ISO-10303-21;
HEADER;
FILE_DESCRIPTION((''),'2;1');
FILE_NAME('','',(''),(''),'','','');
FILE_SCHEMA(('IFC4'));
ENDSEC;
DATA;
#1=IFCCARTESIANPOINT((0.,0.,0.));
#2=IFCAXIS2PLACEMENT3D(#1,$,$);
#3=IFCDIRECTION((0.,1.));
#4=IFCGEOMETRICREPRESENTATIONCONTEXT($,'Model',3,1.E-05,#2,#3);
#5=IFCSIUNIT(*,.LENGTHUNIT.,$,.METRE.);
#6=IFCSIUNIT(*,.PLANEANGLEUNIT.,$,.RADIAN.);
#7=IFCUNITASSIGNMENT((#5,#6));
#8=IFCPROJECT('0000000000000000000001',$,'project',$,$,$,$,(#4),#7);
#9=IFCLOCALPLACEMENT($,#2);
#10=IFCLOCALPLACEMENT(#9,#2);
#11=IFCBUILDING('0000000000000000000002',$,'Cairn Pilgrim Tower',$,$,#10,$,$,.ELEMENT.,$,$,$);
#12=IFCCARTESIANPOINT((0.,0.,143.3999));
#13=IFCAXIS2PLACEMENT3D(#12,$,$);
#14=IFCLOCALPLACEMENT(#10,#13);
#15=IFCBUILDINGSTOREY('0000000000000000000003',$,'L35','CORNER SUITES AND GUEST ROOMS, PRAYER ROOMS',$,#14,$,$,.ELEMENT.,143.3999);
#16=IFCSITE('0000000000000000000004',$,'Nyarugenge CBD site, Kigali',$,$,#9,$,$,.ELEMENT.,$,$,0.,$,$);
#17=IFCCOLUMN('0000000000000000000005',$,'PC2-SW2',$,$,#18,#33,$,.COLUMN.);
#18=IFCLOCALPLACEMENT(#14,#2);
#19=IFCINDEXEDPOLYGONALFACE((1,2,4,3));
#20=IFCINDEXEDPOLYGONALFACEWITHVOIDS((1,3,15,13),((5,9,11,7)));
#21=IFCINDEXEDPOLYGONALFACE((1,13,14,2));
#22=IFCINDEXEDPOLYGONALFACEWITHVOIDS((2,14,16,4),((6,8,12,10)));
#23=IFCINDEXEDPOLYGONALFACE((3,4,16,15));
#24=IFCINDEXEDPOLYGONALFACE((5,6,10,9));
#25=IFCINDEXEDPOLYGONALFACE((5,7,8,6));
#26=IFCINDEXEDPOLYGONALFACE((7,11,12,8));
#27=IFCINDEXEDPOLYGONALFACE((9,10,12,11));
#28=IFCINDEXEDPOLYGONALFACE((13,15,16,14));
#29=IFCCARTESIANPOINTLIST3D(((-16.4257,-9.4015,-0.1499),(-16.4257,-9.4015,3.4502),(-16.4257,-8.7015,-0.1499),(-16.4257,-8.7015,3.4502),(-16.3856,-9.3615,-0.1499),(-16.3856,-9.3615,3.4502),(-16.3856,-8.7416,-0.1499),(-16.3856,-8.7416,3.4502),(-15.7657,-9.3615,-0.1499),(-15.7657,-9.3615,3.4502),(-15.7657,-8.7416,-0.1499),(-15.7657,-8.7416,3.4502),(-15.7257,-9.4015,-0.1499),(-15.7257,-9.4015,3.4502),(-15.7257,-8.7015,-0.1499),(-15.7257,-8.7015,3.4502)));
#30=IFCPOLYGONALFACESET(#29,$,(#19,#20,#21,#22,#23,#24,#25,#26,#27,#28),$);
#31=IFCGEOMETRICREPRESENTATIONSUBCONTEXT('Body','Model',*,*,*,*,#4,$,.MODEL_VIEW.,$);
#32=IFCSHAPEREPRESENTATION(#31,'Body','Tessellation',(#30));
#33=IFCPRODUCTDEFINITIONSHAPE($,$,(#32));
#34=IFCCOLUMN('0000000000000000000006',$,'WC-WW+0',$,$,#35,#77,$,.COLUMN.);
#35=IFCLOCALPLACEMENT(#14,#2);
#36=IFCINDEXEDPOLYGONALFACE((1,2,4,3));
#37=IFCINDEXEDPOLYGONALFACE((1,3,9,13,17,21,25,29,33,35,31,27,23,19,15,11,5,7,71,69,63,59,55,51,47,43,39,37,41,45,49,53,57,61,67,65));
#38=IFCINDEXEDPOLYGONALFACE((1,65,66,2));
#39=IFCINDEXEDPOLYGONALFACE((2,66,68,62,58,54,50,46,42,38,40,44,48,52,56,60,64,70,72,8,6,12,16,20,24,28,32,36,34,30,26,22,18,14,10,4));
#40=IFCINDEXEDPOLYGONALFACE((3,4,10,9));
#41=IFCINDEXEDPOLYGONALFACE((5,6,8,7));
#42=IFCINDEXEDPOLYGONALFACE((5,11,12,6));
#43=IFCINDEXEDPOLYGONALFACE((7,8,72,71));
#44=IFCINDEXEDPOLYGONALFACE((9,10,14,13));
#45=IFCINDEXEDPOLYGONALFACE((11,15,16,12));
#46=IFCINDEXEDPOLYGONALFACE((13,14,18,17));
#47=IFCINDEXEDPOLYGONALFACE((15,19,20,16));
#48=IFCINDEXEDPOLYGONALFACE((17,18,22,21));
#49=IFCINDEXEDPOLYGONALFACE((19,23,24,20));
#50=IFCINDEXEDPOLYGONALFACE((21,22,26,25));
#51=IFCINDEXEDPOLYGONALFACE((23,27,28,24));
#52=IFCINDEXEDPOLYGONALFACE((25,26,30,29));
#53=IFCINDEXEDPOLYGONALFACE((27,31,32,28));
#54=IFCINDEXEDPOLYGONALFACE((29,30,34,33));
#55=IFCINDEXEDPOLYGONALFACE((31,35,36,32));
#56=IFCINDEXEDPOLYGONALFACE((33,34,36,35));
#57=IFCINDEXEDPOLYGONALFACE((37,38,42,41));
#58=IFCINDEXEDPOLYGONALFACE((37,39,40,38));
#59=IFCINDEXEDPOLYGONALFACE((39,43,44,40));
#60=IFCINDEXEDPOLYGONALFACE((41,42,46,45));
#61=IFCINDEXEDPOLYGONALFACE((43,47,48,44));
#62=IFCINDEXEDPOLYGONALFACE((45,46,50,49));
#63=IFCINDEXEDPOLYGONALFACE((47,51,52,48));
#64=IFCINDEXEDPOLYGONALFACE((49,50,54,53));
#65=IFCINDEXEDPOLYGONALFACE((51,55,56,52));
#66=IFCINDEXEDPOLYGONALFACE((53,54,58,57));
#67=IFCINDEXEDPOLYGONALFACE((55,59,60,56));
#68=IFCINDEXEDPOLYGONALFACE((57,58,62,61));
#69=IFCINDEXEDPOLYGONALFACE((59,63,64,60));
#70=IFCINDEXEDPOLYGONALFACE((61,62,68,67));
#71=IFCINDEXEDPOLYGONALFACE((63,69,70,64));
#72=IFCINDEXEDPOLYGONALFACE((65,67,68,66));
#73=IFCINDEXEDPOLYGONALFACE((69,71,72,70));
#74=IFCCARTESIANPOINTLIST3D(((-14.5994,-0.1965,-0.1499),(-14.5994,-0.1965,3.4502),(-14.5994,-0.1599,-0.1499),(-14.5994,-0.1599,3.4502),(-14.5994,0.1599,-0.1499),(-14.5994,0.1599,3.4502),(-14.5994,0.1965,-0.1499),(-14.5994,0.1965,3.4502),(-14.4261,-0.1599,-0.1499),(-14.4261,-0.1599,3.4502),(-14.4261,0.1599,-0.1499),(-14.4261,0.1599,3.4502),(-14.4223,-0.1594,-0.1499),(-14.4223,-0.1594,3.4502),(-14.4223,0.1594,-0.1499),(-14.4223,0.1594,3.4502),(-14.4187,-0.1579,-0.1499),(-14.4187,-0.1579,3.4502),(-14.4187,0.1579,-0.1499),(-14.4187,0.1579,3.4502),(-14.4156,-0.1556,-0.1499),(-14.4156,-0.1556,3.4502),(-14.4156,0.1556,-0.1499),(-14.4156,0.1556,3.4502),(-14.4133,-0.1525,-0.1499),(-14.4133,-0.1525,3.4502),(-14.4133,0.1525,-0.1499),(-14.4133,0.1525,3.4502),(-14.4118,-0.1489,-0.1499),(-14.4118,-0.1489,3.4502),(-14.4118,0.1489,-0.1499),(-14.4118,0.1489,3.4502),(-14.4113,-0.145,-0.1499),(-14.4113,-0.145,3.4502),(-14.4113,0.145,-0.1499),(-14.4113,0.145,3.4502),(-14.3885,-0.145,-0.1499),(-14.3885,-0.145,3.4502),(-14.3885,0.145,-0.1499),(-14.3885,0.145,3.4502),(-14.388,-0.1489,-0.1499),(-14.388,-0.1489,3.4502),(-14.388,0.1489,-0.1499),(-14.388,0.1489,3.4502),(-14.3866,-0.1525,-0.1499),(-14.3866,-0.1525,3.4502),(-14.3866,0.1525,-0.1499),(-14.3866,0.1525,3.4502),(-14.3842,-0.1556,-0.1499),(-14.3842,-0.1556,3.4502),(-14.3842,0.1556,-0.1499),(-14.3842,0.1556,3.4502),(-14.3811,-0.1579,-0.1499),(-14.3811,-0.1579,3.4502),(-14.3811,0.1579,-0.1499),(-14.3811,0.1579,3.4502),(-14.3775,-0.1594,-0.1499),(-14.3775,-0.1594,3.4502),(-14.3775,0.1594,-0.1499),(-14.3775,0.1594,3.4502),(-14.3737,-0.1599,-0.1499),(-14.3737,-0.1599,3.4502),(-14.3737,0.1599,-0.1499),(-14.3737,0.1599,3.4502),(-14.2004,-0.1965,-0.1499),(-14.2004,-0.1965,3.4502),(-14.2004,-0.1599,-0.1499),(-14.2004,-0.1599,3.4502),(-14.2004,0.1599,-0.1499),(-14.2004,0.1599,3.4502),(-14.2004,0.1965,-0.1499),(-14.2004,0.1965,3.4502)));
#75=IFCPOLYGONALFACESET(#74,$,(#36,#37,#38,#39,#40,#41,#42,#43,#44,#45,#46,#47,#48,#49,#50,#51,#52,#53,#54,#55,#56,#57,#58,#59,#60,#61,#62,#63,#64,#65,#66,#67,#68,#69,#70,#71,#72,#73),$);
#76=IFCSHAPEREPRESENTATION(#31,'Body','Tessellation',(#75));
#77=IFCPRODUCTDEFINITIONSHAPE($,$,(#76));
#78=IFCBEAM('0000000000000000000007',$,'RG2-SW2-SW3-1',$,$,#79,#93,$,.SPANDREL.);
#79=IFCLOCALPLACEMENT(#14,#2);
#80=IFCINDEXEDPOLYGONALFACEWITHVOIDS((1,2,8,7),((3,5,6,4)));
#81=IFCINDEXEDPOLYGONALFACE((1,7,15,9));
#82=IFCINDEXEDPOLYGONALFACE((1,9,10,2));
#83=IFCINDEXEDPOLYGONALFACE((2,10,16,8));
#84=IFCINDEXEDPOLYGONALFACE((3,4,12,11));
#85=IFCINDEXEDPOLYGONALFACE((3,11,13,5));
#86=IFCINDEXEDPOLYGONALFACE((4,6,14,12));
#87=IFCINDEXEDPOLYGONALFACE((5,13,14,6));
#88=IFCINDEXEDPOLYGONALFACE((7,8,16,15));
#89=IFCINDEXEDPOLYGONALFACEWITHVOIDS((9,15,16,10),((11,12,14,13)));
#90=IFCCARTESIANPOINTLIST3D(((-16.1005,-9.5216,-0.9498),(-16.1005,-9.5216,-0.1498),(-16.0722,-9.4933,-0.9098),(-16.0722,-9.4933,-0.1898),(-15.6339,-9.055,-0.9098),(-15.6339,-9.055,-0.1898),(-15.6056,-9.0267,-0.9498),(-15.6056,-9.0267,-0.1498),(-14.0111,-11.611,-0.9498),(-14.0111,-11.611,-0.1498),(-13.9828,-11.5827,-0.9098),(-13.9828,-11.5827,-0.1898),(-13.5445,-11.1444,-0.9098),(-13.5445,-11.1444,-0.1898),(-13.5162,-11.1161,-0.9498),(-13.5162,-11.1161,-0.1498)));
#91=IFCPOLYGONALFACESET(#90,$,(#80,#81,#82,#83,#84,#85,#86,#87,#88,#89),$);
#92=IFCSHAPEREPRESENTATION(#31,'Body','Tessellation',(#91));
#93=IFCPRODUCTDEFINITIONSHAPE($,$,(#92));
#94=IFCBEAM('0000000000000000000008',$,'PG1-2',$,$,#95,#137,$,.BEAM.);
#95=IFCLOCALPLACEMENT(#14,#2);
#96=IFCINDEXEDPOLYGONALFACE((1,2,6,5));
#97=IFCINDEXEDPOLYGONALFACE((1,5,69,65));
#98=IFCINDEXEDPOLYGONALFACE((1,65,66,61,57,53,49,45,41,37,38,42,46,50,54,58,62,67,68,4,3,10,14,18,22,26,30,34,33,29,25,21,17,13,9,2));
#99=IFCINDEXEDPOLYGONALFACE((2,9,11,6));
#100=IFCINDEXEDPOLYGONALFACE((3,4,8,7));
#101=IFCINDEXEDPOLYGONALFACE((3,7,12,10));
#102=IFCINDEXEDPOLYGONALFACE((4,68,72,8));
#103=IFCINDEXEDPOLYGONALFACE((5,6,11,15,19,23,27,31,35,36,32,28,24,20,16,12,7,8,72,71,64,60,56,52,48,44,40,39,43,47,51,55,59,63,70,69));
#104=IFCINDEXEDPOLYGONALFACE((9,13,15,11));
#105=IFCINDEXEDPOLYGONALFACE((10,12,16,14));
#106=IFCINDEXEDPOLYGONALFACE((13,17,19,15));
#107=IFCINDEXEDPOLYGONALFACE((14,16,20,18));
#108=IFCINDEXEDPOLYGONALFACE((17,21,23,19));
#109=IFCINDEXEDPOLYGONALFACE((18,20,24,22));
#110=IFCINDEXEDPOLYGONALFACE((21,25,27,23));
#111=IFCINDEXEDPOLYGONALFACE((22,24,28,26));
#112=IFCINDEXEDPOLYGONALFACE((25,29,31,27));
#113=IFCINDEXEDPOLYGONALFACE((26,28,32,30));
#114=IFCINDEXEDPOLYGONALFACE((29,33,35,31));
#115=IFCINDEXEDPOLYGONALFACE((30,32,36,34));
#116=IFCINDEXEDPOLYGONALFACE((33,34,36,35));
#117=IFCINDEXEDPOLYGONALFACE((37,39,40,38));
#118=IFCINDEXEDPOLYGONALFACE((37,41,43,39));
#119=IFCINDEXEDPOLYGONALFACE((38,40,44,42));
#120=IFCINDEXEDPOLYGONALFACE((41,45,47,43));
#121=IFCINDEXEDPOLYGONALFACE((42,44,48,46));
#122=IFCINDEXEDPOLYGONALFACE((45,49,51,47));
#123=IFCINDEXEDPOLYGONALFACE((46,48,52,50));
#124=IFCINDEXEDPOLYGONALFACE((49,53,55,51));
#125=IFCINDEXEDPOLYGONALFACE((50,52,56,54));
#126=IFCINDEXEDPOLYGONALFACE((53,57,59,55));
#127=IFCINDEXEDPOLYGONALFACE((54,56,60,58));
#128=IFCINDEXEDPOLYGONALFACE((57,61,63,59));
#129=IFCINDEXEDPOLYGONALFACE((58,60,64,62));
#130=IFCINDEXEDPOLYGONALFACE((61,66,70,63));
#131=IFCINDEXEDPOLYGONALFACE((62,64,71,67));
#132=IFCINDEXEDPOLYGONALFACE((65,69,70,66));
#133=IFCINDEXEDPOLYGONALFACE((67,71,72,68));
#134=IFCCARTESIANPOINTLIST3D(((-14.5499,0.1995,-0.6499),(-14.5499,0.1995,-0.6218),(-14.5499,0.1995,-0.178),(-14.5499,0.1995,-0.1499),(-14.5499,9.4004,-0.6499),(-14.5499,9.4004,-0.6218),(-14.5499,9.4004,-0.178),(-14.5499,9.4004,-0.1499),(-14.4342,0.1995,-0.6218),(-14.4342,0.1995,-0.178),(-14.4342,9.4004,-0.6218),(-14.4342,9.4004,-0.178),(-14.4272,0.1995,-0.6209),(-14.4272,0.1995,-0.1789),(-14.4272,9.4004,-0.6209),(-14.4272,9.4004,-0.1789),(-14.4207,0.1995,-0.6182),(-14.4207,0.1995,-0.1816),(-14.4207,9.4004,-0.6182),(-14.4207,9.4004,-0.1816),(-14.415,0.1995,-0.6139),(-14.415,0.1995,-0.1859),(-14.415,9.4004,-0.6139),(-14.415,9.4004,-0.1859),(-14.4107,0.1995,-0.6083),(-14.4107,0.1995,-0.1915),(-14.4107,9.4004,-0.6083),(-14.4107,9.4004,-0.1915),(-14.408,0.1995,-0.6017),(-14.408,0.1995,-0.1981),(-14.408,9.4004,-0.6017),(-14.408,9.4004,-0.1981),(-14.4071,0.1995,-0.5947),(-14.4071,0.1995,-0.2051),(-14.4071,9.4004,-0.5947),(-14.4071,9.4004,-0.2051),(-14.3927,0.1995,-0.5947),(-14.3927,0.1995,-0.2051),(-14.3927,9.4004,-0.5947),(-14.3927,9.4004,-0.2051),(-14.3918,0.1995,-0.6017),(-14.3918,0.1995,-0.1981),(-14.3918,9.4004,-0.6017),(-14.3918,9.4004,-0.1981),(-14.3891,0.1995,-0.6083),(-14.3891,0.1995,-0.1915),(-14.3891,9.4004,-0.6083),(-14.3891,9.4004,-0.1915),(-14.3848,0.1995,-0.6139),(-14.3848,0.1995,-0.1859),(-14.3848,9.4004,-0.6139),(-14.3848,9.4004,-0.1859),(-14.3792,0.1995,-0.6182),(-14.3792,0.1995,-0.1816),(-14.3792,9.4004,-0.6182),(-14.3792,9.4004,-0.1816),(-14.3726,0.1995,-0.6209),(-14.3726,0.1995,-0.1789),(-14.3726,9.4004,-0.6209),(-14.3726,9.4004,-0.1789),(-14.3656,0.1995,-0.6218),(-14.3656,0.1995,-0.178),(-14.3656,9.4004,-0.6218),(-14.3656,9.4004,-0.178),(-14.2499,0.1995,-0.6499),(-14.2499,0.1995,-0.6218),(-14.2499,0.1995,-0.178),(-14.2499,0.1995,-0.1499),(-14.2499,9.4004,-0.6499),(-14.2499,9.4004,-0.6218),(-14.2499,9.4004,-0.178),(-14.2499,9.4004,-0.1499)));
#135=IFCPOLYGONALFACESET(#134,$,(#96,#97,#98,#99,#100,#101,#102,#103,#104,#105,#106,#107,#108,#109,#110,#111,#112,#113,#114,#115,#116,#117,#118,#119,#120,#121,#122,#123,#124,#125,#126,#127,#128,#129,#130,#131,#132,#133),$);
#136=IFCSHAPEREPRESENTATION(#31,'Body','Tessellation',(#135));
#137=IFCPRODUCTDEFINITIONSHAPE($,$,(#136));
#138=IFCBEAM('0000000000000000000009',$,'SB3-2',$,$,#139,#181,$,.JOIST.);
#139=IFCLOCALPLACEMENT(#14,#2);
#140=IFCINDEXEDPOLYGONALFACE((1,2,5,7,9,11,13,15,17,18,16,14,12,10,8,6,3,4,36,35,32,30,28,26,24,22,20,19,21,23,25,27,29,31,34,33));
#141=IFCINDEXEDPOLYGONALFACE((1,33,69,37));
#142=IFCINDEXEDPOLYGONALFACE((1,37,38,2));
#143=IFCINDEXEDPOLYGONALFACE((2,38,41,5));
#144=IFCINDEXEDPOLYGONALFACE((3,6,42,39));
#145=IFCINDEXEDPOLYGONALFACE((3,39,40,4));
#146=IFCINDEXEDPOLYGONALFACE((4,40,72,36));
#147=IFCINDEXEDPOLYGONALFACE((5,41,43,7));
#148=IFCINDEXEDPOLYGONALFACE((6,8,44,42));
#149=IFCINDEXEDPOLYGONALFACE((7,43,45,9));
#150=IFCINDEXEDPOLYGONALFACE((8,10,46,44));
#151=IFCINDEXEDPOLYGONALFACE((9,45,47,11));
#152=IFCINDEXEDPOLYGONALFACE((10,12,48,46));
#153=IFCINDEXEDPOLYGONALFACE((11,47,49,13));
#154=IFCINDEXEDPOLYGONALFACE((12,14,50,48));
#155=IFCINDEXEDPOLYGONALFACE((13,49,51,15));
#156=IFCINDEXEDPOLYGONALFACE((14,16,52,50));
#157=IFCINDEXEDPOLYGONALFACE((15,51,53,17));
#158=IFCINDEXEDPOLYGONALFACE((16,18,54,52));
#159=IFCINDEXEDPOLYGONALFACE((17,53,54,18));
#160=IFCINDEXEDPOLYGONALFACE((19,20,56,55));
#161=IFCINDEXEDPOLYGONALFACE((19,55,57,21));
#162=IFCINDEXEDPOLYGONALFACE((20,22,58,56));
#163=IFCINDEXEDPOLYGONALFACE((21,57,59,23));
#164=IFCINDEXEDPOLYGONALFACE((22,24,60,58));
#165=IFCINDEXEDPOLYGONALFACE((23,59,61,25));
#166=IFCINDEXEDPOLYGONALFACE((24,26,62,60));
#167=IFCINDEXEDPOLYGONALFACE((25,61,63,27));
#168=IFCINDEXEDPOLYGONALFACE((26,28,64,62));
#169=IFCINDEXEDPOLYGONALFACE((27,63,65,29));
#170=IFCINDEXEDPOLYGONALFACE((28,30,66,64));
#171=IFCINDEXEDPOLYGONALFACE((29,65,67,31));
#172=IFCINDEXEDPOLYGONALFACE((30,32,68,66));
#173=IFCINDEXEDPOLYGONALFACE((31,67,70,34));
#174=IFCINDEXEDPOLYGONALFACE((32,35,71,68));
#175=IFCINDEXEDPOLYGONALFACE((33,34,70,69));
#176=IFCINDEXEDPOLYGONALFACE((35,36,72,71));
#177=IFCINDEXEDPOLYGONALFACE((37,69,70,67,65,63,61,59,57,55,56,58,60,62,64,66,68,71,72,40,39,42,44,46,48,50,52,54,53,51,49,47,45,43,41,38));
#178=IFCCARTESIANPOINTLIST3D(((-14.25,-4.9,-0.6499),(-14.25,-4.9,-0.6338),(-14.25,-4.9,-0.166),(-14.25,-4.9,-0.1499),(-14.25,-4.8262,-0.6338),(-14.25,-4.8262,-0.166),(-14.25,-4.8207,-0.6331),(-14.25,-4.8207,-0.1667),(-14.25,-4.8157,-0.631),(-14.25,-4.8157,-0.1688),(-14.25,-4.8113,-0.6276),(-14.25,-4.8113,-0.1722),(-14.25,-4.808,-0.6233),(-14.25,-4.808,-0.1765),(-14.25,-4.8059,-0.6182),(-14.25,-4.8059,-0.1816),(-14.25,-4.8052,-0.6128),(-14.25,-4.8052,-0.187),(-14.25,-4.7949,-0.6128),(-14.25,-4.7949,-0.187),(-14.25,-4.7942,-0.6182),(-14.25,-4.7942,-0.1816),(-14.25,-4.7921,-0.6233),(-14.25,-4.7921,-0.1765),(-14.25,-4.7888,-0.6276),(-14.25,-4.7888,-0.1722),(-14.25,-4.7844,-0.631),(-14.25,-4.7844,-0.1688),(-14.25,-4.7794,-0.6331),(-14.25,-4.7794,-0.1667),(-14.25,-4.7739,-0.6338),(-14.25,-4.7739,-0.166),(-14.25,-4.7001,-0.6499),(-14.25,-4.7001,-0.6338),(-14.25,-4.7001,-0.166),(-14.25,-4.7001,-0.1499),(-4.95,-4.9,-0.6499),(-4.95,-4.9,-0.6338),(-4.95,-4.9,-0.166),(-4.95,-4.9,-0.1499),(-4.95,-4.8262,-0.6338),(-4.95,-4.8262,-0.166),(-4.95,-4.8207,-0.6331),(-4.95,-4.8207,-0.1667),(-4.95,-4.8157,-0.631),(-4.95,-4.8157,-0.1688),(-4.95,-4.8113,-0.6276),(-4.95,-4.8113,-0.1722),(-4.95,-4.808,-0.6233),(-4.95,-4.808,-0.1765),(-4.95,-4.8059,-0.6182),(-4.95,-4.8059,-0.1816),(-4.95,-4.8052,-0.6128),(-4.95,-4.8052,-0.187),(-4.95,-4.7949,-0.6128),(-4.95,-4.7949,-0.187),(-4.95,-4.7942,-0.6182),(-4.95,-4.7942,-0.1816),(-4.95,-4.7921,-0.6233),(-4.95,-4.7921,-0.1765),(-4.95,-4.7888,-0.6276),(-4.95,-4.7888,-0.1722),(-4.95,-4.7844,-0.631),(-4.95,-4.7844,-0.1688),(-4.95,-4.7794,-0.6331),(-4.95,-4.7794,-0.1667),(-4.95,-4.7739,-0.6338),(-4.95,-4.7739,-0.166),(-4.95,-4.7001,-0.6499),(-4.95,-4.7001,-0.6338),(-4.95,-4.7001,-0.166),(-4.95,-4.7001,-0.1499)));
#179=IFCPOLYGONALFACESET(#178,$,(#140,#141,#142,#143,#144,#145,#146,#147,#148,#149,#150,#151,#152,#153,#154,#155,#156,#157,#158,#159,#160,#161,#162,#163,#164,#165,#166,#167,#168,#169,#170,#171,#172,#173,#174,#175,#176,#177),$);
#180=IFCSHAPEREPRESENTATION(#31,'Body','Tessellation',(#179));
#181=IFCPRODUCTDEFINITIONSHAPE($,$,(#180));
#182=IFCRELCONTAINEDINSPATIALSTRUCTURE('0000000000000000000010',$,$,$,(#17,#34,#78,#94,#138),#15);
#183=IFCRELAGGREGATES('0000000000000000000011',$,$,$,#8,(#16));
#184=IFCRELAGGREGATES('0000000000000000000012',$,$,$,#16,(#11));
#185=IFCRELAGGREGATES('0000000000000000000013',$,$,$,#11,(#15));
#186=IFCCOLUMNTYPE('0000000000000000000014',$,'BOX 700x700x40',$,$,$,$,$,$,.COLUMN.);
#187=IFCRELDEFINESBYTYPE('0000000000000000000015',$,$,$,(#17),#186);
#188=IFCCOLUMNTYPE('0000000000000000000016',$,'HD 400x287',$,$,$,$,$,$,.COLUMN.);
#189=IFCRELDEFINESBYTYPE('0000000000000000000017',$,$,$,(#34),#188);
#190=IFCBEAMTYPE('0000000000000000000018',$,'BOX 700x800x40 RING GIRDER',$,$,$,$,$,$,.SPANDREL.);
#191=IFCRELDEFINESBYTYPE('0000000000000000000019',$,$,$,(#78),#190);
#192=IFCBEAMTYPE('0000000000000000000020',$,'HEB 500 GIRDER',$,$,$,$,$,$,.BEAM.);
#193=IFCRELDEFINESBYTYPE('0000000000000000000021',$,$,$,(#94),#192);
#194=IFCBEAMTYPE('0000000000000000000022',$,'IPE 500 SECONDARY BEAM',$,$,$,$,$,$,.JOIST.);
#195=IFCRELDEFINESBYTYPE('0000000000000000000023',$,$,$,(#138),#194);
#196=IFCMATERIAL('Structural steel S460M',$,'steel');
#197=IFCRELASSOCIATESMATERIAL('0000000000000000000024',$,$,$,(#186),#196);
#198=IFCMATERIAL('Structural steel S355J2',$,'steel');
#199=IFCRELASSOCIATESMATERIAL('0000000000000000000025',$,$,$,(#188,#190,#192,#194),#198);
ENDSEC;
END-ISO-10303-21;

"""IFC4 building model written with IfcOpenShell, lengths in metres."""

from ifc_helpers import new_model, si_unit, direction, frame, origin, origin_2d, place, context, subcontext, project, spatial, hollow_rectangle, i_section, extrude, material, material_profile, profile_set, type_object, element, save


model = new_model("IFC4")

# Units and contexts
model_context = context("Model", 3, precision=1e-05, world=origin(), true_north=direction((0.0, 1.0)))
body_context = subcontext(model_context, "Body", "Model", "MODEL_VIEW")
ifc_project = project(units=[si_unit("LENGTHUNIT", "METRE"), si_unit("PLANEANGLEUNIT", "RADIAN")], contexts=[model_context])

# Site, building, storey
site_placement = place(None, origin())
site = spatial("IfcSite", under=ifc_project, at=site_placement, Name="Nyarugenge CBD site, Kigali", CompositionType="ELEMENT", RefElevation=0.0)
building_placement = place(site_placement, origin())
building = spatial("IfcBuilding", under=site, at=building_placement, Name="Cairn Pilgrim Tower", CompositionType="ELEMENT")
storey_placement = place(building_placement, frame((0.0, 0.0, 143.3999)))
storey = spatial("IfcBuildingStorey", under=building, at=storey_placement, Name="L35", Description="CORNER SUITES AND GUEST ROOMS, PRAYER ROOMS", CompositionType="ELEMENT", Elevation=143.3999)

# Columns
ifc_material_1 = material(Name="Structural steel S460M", Category="steel")
ifc_material_profile_1 = material_profile(ifc_material_1, hollow_rectangle(XDim=0.7, YDim=0.7, WallThickness=0.04, at=origin_2d()), Name="BOX 700x700x40")
ifc_profile_set_1 = profile_set([ifc_material_profile_1], Name="Structural steel S460M")
column_type_1 = type_object("IfcColumnType", Name="BOX 700x700x40", PredefinedType="COLUMN", material=ifc_profile_set_1)
column_1_placement = place(storey_placement, frame((-16.0757, -9.0515, -0.1499), z_axis=(0.0, 0.0, 1.0), x_axis=(1.0, 0.0, 0.0)))
element("IfcColumn", 1, at=column_1_placement, inside=storey, type_object=column_type_1, Name="PC2-SW2", PredefinedType="COLUMN", context=body_context, shape_type="SweptSolid", body=[
    extrude(hollow_rectangle(XDim=0.7, YDim=0.7, WallThickness=0.04, at=origin_2d()), origin(), (0.0, 0.0, 1.0), 3.6001),
])
ifc_material_2 = material(Name="Structural steel S355J2", Category="steel")
ifc_material_profile_2 = material_profile(ifc_material_2, i_section(OverallWidth=0.3989, OverallDepth=0.3931, WebThickness=0.0227, FlangeThickness=0.0366, FilletRadius=0.0149, at=origin_2d()), Name="HD 400x287")
ifc_profile_set_2 = profile_set([ifc_material_profile_2], Name="Structural steel S355J2")
column_type_2 = type_object("IfcColumnType", Name="HD 400x287", PredefinedType="COLUMN", material=ifc_profile_set_2)
column_2_placement = place(storey_placement, frame((-14.3999, 0.0, -0.1499), z_axis=(0.0, 0.0, 1.0), x_axis=(1.0, 0.0, 0.0)))
element("IfcColumn", 2, at=column_2_placement, inside=storey, type_object=column_type_2, Name="WC-WW+0", PredefinedType="COLUMN", context=body_context, shape_type="SweptSolid", body=[
    extrude(i_section(OverallWidth=0.3989, OverallDepth=0.3931, WebThickness=0.0227, FlangeThickness=0.0366, FilletRadius=0.0149, at=origin_2d()), origin(), (0.0, 0.0, 1.0), 3.6001),
])

# Beams
ifc_material_profile_3 = material_profile(ifc_material_2, hollow_rectangle(XDim=0.7, YDim=0.8, WallThickness=0.04, at=origin_2d()), Name="BOX 700x800x40")
ifc_profile_set_3 = profile_set([ifc_material_profile_3], Name="Structural steel S355J2")
beam_type_1 = type_object("IfcBeamType", Name="BOX 700x800x40 RING GIRDER", PredefinedType="SPANDREL", material=ifc_profile_set_3)
beam_1_placement = place(storey_placement, frame((-15.853, -9.2742, -0.5498), z_axis=(0.707107, -0.707107, 0.0), x_axis=(0.707107, 0.707107, 0.0)))
element("IfcBeam", 3, at=beam_1_placement, inside=storey, type_object=beam_type_1, Name="RG2-SW2-SW3-1", PredefinedType="SPANDREL", context=body_context, shape_type="SweptSolid", body=[
    extrude(hollow_rectangle(XDim=0.7, YDim=0.8, WallThickness=0.04, at=origin_2d()), origin(), (0.0, 0.0, 1.0), 2.9548),
])
ifc_material_profile_4 = material_profile(ifc_material_2, i_section(OverallWidth=0.3, OverallDepth=0.5, WebThickness=0.0144, FlangeThickness=0.0281, FilletRadius=0.0271, at=origin_2d()), Name="HEB 500")
ifc_profile_set_4 = profile_set([ifc_material_profile_4], Name="Structural steel S355J2")
beam_type_2 = type_object("IfcBeamType", Name="HEB 500 GIRDER", PredefinedType="BEAM", material=ifc_profile_set_4)
beam_2_placement = place(storey_placement, frame((-14.3999, 0.1995, -0.3999), z_axis=(0.0, 1.0, 0.0), x_axis=(-1.0, 0.0, 0.0)))
element("IfcBeam", 4, at=beam_2_placement, inside=storey, type_object=beam_type_2, Name="PG1-2", PredefinedType="BEAM", context=body_context, shape_type="SweptSolid", body=[
    extrude(i_section(OverallWidth=0.3, OverallDepth=0.5, WebThickness=0.0144, FlangeThickness=0.0281, FilletRadius=0.0271, at=origin_2d()), origin(), (0.0, 0.0, 1.0), 9.2009),
])
ifc_material_profile_5 = material_profile(ifc_material_2, i_section(OverallWidth=0.2, OverallDepth=0.5, WebThickness=0.0103, FlangeThickness=0.0161, FilletRadius=0.021, at=origin_2d()), Name="IPE 500")
ifc_profile_set_5 = profile_set([ifc_material_profile_5], Name="Structural steel S355J2")
beam_type_3 = type_object("IfcBeamType", Name="IPE 500 SECONDARY BEAM", PredefinedType="JOIST", material=ifc_profile_set_5)
for number, where, z_axis, x_axis, name in (
    (5, (-14.25, -4.8, -0.3999), (1.0, 0.0, 0.0), (0.0, 1.0, 0.0), "SB3-2"),
):
    element("IfcBeam", number, at=place(storey_placement, frame(where, z_axis=z_axis, x_axis=x_axis)), inside=storey, type_object=beam_type_3, Name=name, PredefinedType="JOIST", context=body_context, shape_type="SweptSolid", body=[
        extrude(i_section(OverallWidth=0.2, OverallDepth=0.5, WebThickness=0.0103, FlangeThickness=0.0161, FilletRadius=0.021, at=origin_2d()), origin(), (0.0, 0.0, 1.0), 9.3),
    ])

save(model, "model.ifc")
